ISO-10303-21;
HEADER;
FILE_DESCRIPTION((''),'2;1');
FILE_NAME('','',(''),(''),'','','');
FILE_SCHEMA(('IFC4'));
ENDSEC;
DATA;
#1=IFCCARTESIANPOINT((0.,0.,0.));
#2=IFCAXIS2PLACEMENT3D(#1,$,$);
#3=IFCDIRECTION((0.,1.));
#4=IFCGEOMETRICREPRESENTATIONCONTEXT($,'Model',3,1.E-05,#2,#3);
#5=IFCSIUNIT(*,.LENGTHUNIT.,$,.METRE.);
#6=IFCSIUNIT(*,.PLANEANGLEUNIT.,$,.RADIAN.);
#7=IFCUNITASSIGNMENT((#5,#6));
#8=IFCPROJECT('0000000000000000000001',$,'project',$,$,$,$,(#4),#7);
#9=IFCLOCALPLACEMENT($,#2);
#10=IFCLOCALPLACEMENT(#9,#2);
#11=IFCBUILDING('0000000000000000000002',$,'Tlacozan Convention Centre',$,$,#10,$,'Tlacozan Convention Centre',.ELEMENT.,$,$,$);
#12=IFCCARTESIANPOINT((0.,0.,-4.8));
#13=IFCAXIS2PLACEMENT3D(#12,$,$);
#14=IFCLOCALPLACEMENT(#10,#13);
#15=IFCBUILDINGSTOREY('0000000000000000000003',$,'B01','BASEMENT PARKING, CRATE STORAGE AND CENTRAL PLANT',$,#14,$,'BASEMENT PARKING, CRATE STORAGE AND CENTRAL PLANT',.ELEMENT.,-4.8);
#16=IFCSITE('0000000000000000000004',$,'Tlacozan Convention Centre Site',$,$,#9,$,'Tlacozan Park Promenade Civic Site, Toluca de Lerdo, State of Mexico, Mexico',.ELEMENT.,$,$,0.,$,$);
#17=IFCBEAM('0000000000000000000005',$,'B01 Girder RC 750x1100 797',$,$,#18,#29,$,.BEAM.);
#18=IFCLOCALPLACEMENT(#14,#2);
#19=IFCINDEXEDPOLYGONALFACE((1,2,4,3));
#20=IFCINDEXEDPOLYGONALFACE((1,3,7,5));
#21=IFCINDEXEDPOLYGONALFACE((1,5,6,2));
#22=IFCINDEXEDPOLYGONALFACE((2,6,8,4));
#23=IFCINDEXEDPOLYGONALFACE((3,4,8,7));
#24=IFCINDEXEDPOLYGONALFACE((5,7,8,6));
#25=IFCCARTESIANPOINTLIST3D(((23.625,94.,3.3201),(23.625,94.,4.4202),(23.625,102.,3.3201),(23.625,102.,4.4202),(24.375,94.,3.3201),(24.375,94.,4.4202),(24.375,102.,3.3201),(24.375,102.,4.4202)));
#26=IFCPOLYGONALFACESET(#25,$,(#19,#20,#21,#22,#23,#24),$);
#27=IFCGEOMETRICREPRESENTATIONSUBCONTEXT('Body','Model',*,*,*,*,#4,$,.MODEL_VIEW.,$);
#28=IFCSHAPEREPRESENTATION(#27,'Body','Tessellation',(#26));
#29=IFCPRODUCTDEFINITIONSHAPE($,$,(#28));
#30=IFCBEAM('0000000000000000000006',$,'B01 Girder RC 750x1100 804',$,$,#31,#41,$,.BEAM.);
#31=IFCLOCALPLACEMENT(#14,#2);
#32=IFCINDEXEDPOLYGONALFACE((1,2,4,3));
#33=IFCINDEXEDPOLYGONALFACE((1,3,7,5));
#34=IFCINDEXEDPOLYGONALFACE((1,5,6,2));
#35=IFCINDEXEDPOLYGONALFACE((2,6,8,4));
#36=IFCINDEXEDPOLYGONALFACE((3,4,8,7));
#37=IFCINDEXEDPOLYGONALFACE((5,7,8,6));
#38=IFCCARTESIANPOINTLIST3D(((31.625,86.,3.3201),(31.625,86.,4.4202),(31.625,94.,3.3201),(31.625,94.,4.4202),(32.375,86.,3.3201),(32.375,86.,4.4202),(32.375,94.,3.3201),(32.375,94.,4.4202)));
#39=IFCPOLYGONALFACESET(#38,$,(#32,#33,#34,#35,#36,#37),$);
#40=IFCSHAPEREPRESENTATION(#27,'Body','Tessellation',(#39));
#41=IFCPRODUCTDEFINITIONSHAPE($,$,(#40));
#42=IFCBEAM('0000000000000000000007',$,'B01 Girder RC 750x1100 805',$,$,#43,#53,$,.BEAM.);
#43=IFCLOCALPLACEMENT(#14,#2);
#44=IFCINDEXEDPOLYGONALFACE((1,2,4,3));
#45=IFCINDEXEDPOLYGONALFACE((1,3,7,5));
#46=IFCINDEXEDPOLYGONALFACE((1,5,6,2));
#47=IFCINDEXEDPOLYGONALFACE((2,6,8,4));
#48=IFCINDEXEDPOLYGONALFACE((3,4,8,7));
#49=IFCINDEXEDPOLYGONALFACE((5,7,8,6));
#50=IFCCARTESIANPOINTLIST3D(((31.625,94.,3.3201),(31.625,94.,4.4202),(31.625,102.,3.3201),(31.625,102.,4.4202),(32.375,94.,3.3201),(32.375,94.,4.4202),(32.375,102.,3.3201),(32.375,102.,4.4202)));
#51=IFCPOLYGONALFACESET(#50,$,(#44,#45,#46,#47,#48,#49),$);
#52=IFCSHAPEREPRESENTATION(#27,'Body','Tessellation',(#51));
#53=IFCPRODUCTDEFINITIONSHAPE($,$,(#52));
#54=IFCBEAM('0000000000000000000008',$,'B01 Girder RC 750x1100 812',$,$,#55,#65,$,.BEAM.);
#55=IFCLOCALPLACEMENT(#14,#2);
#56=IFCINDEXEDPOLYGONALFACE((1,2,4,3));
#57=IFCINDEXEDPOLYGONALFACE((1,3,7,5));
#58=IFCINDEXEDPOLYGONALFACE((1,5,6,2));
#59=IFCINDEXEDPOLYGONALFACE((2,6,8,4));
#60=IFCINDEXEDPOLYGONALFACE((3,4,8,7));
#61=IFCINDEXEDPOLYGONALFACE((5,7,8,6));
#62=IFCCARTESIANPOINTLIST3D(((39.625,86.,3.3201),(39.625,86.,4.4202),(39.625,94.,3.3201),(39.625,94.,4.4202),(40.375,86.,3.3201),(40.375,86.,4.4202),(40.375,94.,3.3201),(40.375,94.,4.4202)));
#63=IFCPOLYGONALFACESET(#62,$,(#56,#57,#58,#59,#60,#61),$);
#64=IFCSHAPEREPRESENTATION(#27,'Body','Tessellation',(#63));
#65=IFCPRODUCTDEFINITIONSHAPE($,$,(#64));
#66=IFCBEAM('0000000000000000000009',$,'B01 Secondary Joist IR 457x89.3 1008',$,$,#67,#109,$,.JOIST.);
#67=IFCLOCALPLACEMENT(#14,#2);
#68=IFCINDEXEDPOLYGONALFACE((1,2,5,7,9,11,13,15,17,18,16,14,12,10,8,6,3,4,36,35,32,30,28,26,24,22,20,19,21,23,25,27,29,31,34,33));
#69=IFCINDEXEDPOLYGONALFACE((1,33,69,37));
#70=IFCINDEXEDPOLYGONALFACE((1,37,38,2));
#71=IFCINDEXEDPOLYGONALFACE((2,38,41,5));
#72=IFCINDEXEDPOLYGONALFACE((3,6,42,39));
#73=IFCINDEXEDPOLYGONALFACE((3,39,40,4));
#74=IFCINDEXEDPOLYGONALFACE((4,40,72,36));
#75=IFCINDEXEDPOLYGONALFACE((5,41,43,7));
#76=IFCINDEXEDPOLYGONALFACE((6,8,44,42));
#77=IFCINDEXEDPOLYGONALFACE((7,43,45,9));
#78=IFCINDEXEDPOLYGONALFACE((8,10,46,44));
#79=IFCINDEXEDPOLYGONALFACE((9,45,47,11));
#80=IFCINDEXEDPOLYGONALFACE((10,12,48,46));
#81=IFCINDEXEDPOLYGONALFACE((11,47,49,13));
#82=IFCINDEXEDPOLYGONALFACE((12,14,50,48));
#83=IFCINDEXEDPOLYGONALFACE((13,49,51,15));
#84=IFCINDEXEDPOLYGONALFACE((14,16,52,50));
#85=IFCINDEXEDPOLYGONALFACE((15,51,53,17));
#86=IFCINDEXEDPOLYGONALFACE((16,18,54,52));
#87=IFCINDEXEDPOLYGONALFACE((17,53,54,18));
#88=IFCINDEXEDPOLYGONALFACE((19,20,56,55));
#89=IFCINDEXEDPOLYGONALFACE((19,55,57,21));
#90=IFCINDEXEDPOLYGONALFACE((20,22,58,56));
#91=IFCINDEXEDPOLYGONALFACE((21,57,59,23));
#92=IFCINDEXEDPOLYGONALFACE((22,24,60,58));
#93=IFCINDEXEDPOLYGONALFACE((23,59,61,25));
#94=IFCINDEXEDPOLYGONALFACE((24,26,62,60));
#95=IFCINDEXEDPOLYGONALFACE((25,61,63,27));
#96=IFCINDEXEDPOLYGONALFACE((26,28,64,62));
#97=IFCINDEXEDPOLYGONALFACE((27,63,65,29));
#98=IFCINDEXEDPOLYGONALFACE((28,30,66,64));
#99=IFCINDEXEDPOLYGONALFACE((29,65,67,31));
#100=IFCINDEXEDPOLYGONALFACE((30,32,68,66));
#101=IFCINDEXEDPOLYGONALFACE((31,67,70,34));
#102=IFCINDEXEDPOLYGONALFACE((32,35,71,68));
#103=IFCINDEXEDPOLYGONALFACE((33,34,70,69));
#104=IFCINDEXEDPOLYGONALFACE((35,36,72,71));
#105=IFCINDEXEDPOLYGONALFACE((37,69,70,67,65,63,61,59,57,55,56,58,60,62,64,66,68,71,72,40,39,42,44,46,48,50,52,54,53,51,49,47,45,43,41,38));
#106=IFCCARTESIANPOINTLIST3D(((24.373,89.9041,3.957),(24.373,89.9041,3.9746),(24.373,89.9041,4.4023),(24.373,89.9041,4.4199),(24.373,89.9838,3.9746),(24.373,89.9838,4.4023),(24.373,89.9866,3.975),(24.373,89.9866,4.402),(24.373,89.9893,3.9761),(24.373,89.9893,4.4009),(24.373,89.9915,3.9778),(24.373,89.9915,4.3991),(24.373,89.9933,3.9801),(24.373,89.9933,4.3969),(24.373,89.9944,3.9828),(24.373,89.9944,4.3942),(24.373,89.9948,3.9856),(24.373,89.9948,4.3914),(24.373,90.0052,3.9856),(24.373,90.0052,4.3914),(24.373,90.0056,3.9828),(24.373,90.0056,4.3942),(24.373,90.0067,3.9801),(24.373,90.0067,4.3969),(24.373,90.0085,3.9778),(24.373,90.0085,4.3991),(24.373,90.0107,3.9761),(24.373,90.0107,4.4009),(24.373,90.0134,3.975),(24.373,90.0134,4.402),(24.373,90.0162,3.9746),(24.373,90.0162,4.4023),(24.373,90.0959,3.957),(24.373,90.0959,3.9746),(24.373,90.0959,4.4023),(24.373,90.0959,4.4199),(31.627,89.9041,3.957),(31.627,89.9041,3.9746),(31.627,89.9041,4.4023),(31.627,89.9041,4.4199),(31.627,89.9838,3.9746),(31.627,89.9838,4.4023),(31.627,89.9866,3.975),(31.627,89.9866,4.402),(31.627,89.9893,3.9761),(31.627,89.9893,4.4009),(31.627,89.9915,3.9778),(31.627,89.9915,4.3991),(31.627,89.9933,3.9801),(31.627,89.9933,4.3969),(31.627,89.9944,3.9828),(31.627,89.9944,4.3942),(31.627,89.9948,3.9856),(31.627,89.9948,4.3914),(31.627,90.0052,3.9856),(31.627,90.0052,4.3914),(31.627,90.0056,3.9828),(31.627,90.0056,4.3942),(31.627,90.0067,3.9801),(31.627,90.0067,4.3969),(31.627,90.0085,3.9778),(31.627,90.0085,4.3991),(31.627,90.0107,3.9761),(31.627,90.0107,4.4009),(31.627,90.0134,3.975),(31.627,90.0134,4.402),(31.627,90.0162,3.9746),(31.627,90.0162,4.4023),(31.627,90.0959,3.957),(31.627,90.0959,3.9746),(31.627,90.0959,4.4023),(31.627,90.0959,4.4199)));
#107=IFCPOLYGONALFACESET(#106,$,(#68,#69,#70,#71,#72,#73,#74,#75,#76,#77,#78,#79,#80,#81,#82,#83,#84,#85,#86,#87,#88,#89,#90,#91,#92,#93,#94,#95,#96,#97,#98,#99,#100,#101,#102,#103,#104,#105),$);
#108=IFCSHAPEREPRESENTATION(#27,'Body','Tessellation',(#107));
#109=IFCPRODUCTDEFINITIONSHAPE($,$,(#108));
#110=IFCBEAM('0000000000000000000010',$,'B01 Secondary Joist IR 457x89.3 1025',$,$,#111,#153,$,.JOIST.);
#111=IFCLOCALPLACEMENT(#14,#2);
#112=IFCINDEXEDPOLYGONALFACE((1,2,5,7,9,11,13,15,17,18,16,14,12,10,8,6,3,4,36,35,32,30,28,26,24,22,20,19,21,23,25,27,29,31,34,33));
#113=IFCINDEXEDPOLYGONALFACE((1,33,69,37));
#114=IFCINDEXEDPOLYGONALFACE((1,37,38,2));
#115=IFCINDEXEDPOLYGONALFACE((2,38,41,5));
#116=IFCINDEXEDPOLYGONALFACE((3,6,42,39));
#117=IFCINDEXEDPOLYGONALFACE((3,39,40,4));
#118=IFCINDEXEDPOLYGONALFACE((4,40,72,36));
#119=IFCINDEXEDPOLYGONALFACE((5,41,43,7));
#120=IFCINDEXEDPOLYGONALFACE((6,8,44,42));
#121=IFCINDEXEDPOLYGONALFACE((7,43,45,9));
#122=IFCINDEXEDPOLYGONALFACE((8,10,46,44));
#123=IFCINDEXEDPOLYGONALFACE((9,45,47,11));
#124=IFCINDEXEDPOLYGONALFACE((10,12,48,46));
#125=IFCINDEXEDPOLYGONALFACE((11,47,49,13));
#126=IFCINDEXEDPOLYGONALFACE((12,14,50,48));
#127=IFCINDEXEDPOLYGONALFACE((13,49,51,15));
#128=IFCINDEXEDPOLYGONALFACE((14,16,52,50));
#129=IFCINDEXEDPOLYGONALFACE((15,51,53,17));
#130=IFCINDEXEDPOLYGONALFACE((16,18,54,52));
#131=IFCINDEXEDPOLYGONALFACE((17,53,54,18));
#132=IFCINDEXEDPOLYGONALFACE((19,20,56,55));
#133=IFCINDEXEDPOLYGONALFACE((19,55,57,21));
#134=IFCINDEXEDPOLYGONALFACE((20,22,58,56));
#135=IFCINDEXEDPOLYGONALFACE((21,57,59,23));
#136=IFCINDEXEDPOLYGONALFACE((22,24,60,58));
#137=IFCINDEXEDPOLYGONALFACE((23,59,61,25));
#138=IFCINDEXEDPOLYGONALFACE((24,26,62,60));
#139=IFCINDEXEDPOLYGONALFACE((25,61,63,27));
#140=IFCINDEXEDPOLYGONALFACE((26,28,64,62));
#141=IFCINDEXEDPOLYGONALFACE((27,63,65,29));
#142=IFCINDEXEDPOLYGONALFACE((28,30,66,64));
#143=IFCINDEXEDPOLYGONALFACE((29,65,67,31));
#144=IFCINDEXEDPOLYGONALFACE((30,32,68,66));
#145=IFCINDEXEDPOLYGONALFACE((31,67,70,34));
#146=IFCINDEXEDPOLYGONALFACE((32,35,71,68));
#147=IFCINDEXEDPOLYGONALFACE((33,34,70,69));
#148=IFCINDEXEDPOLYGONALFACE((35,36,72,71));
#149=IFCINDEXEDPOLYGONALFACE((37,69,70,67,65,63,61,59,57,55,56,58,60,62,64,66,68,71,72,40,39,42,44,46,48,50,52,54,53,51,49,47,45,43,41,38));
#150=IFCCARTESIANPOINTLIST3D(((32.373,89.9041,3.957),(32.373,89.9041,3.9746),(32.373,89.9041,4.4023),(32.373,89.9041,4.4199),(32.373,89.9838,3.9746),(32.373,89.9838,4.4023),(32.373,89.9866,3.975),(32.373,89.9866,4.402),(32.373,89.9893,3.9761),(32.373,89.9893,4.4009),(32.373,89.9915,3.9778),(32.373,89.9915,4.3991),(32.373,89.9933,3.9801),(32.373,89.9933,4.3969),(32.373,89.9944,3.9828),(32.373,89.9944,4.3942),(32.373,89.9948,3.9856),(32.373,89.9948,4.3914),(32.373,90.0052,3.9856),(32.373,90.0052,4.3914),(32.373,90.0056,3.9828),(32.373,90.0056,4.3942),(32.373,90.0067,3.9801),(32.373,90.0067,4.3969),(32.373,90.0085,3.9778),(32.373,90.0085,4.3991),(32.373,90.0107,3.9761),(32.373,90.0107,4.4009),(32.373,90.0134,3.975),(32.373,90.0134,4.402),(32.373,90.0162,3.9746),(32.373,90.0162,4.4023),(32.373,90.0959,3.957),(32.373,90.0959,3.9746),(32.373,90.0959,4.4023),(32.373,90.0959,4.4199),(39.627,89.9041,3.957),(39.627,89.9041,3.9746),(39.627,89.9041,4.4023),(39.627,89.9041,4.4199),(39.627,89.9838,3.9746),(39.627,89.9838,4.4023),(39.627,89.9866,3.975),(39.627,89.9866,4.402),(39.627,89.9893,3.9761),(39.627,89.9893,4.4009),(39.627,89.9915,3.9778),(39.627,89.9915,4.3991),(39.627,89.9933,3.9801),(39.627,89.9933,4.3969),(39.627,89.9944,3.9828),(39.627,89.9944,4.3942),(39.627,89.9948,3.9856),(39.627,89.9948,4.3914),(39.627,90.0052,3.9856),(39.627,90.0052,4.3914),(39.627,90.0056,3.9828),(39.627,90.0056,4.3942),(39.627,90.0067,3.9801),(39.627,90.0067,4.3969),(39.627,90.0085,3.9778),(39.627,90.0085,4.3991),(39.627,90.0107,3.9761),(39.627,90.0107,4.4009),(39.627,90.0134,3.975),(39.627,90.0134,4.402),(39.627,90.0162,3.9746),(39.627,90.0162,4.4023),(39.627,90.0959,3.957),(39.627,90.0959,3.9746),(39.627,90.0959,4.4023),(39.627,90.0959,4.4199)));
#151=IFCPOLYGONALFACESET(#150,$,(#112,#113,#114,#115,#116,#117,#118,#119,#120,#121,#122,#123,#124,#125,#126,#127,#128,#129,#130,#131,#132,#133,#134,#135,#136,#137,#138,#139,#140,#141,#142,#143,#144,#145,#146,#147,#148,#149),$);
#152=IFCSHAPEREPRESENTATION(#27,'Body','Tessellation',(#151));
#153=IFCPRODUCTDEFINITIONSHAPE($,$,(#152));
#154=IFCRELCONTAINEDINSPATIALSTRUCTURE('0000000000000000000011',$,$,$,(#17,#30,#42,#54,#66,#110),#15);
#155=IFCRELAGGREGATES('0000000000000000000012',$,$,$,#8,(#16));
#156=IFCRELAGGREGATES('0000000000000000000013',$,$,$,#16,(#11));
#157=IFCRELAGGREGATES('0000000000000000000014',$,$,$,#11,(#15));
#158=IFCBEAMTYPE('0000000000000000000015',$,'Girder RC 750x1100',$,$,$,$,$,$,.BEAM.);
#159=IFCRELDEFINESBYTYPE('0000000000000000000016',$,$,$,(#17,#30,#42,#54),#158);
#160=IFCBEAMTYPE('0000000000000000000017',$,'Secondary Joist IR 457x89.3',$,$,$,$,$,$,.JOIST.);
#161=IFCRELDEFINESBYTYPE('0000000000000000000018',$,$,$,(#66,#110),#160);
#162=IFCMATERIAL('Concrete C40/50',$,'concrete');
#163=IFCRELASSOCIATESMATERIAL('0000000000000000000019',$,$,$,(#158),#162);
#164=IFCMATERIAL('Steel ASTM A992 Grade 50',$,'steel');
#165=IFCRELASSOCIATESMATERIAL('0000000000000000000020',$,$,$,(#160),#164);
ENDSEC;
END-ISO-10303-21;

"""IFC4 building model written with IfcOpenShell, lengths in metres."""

from ifc_helpers import new_model, si_unit, direction, frame, origin, origin_2d, place, context, subcontext, project, spatial, rectangle, i_section, extrude, material, material_profile, profile_set, type_object, element, save


model = new_model("IFC4")

# Units and contexts
model_context = context("Model", 3, precision=1e-05, world=origin(), true_north=direction((0.0, 1.0)))
body_context = subcontext(model_context, "Body", "Model", "MODEL_VIEW")
ifc_project = project(units=[si_unit("LENGTHUNIT", "METRE"), si_unit("PLANEANGLEUNIT", "RADIAN")], contexts=[model_context])

# Site, building, storey
site_placement = place(None, origin())
site = spatial("IfcSite", under=ifc_project, at=site_placement, Name="Tlacozan Convention Centre Site", LongName="Tlacozan Park Promenade Civic Site, Toluca de Lerdo, State of Mexico, Mexico", CompositionType="ELEMENT", RefElevation=0.0)
building_placement = place(site_placement, origin())
building = spatial("IfcBuilding", under=site, at=building_placement, Name="Tlacozan Convention Centre", LongName="Tlacozan Convention Centre", CompositionType="ELEMENT")
storey_placement = place(building_placement, frame((0.0, 0.0, -4.8)))
storey = spatial("IfcBuildingStorey", under=building, at=storey_placement, Name="B01", Description="BASEMENT PARKING, CRATE STORAGE AND CENTRAL PLANT", LongName="BASEMENT PARKING, CRATE STORAGE AND CENTRAL PLANT", CompositionType="ELEMENT", Elevation=-4.8)

# Shared definitions
ifc_material_1 = material(Name="Concrete C40/50", Category="concrete")

# Beams
ifc_material_profile_1 = material_profile(ifc_material_1, rectangle(XDim=0.75, YDim=1.1001, at=origin_2d()), Name="RC 750x1100")
ifc_profile_set_1 = profile_set([ifc_material_profile_1], Name="Concrete C40/50")
beam_type_1 = type_object("IfcBeamType", Name="Girder RC 750x1100", PredefinedType="BEAM", material=ifc_profile_set_1)
for number, where, z_axis, x_axis, name in (
    (1, (24.0, 94.0, 3.8701), (0.0, 1.0, 0.0), (-1.0, 0.0, 0.0), "B01 Girder RC 750x1100 797"),
    (2, (32.0, 86.0, 3.8701), (0.0, 1.0, 0.0), (-1.0, 0.0, 0.0), "B01 Girder RC 750x1100 804"),
    (3, (32.0, 94.0, 3.8701), (0.0, 1.0, 0.0), (-1.0, 0.0, 0.0), "B01 Girder RC 750x1100 805"),
    (4, (40.0, 86.0, 3.8701), (0.0, 1.0, 0.0), (-1.0, 0.0, 0.0), "B01 Girder RC 750x1100 812"),
):
    element("IfcBeam", number, at=place(storey_placement, frame(where, z_axis=z_axis, x_axis=x_axis)), inside=storey, type_object=beam_type_1, Name=name, PredefinedType="BEAM", context=body_context, shape_type="SweptSolid", body=[
        extrude(rectangle(XDim=0.75, YDim=1.1001, at=origin_2d()), origin(), (0.0, 0.0, 1.0), 8.0),
    ])
ifc_material_2 = material(Name="Steel ASTM A992 Grade 50", Category="steel")
ifc_material_profile_2 = material_profile(ifc_material_2, i_section(OverallWidth=0.1919, OverallDepth=0.4629, WebThickness=0.0105, FlangeThickness=0.0176, FilletRadius=0.011, at=origin_2d()), Name="IR 457x89.3")
ifc_profile_set_2 = profile_set([ifc_material_profile_2], Name="Steel ASTM A992 Grade 50")
beam_type_2 = type_object("IfcBeamType", Name="Secondary Joist IR 457x89.3", PredefinedType="JOIST", material=ifc_profile_set_2)
for number, where, z_axis, x_axis, name in (
    (5, (24.373, 90.0, 4.1885), (1.0, 0.0, 0.0), (0.0, 1.0, 0.0), "B01 Secondary Joist IR 457x89.3 1008"),
    (6, (32.373, 90.0, 4.1885), (1.0, 0.0, 0.0), (0.0, 1.0, 0.0), "B01 Secondary Joist IR 457x89.3 1025"),
):
    element("IfcBeam", number, at=place(storey_placement, frame(where, z_axis=z_axis, x_axis=x_axis)), inside=storey, type_object=beam_type_2, Name=name, PredefinedType="JOIST", context=body_context, shape_type="SweptSolid", body=[
        extrude(i_section(OverallWidth=0.1919, OverallDepth=0.4629, WebThickness=0.0105, FlangeThickness=0.0176, FilletRadius=0.011, at=origin_2d()), origin(), (0.0, 0.0, 1.0), 7.2539),
    ])

save(model, "model.ifc")
